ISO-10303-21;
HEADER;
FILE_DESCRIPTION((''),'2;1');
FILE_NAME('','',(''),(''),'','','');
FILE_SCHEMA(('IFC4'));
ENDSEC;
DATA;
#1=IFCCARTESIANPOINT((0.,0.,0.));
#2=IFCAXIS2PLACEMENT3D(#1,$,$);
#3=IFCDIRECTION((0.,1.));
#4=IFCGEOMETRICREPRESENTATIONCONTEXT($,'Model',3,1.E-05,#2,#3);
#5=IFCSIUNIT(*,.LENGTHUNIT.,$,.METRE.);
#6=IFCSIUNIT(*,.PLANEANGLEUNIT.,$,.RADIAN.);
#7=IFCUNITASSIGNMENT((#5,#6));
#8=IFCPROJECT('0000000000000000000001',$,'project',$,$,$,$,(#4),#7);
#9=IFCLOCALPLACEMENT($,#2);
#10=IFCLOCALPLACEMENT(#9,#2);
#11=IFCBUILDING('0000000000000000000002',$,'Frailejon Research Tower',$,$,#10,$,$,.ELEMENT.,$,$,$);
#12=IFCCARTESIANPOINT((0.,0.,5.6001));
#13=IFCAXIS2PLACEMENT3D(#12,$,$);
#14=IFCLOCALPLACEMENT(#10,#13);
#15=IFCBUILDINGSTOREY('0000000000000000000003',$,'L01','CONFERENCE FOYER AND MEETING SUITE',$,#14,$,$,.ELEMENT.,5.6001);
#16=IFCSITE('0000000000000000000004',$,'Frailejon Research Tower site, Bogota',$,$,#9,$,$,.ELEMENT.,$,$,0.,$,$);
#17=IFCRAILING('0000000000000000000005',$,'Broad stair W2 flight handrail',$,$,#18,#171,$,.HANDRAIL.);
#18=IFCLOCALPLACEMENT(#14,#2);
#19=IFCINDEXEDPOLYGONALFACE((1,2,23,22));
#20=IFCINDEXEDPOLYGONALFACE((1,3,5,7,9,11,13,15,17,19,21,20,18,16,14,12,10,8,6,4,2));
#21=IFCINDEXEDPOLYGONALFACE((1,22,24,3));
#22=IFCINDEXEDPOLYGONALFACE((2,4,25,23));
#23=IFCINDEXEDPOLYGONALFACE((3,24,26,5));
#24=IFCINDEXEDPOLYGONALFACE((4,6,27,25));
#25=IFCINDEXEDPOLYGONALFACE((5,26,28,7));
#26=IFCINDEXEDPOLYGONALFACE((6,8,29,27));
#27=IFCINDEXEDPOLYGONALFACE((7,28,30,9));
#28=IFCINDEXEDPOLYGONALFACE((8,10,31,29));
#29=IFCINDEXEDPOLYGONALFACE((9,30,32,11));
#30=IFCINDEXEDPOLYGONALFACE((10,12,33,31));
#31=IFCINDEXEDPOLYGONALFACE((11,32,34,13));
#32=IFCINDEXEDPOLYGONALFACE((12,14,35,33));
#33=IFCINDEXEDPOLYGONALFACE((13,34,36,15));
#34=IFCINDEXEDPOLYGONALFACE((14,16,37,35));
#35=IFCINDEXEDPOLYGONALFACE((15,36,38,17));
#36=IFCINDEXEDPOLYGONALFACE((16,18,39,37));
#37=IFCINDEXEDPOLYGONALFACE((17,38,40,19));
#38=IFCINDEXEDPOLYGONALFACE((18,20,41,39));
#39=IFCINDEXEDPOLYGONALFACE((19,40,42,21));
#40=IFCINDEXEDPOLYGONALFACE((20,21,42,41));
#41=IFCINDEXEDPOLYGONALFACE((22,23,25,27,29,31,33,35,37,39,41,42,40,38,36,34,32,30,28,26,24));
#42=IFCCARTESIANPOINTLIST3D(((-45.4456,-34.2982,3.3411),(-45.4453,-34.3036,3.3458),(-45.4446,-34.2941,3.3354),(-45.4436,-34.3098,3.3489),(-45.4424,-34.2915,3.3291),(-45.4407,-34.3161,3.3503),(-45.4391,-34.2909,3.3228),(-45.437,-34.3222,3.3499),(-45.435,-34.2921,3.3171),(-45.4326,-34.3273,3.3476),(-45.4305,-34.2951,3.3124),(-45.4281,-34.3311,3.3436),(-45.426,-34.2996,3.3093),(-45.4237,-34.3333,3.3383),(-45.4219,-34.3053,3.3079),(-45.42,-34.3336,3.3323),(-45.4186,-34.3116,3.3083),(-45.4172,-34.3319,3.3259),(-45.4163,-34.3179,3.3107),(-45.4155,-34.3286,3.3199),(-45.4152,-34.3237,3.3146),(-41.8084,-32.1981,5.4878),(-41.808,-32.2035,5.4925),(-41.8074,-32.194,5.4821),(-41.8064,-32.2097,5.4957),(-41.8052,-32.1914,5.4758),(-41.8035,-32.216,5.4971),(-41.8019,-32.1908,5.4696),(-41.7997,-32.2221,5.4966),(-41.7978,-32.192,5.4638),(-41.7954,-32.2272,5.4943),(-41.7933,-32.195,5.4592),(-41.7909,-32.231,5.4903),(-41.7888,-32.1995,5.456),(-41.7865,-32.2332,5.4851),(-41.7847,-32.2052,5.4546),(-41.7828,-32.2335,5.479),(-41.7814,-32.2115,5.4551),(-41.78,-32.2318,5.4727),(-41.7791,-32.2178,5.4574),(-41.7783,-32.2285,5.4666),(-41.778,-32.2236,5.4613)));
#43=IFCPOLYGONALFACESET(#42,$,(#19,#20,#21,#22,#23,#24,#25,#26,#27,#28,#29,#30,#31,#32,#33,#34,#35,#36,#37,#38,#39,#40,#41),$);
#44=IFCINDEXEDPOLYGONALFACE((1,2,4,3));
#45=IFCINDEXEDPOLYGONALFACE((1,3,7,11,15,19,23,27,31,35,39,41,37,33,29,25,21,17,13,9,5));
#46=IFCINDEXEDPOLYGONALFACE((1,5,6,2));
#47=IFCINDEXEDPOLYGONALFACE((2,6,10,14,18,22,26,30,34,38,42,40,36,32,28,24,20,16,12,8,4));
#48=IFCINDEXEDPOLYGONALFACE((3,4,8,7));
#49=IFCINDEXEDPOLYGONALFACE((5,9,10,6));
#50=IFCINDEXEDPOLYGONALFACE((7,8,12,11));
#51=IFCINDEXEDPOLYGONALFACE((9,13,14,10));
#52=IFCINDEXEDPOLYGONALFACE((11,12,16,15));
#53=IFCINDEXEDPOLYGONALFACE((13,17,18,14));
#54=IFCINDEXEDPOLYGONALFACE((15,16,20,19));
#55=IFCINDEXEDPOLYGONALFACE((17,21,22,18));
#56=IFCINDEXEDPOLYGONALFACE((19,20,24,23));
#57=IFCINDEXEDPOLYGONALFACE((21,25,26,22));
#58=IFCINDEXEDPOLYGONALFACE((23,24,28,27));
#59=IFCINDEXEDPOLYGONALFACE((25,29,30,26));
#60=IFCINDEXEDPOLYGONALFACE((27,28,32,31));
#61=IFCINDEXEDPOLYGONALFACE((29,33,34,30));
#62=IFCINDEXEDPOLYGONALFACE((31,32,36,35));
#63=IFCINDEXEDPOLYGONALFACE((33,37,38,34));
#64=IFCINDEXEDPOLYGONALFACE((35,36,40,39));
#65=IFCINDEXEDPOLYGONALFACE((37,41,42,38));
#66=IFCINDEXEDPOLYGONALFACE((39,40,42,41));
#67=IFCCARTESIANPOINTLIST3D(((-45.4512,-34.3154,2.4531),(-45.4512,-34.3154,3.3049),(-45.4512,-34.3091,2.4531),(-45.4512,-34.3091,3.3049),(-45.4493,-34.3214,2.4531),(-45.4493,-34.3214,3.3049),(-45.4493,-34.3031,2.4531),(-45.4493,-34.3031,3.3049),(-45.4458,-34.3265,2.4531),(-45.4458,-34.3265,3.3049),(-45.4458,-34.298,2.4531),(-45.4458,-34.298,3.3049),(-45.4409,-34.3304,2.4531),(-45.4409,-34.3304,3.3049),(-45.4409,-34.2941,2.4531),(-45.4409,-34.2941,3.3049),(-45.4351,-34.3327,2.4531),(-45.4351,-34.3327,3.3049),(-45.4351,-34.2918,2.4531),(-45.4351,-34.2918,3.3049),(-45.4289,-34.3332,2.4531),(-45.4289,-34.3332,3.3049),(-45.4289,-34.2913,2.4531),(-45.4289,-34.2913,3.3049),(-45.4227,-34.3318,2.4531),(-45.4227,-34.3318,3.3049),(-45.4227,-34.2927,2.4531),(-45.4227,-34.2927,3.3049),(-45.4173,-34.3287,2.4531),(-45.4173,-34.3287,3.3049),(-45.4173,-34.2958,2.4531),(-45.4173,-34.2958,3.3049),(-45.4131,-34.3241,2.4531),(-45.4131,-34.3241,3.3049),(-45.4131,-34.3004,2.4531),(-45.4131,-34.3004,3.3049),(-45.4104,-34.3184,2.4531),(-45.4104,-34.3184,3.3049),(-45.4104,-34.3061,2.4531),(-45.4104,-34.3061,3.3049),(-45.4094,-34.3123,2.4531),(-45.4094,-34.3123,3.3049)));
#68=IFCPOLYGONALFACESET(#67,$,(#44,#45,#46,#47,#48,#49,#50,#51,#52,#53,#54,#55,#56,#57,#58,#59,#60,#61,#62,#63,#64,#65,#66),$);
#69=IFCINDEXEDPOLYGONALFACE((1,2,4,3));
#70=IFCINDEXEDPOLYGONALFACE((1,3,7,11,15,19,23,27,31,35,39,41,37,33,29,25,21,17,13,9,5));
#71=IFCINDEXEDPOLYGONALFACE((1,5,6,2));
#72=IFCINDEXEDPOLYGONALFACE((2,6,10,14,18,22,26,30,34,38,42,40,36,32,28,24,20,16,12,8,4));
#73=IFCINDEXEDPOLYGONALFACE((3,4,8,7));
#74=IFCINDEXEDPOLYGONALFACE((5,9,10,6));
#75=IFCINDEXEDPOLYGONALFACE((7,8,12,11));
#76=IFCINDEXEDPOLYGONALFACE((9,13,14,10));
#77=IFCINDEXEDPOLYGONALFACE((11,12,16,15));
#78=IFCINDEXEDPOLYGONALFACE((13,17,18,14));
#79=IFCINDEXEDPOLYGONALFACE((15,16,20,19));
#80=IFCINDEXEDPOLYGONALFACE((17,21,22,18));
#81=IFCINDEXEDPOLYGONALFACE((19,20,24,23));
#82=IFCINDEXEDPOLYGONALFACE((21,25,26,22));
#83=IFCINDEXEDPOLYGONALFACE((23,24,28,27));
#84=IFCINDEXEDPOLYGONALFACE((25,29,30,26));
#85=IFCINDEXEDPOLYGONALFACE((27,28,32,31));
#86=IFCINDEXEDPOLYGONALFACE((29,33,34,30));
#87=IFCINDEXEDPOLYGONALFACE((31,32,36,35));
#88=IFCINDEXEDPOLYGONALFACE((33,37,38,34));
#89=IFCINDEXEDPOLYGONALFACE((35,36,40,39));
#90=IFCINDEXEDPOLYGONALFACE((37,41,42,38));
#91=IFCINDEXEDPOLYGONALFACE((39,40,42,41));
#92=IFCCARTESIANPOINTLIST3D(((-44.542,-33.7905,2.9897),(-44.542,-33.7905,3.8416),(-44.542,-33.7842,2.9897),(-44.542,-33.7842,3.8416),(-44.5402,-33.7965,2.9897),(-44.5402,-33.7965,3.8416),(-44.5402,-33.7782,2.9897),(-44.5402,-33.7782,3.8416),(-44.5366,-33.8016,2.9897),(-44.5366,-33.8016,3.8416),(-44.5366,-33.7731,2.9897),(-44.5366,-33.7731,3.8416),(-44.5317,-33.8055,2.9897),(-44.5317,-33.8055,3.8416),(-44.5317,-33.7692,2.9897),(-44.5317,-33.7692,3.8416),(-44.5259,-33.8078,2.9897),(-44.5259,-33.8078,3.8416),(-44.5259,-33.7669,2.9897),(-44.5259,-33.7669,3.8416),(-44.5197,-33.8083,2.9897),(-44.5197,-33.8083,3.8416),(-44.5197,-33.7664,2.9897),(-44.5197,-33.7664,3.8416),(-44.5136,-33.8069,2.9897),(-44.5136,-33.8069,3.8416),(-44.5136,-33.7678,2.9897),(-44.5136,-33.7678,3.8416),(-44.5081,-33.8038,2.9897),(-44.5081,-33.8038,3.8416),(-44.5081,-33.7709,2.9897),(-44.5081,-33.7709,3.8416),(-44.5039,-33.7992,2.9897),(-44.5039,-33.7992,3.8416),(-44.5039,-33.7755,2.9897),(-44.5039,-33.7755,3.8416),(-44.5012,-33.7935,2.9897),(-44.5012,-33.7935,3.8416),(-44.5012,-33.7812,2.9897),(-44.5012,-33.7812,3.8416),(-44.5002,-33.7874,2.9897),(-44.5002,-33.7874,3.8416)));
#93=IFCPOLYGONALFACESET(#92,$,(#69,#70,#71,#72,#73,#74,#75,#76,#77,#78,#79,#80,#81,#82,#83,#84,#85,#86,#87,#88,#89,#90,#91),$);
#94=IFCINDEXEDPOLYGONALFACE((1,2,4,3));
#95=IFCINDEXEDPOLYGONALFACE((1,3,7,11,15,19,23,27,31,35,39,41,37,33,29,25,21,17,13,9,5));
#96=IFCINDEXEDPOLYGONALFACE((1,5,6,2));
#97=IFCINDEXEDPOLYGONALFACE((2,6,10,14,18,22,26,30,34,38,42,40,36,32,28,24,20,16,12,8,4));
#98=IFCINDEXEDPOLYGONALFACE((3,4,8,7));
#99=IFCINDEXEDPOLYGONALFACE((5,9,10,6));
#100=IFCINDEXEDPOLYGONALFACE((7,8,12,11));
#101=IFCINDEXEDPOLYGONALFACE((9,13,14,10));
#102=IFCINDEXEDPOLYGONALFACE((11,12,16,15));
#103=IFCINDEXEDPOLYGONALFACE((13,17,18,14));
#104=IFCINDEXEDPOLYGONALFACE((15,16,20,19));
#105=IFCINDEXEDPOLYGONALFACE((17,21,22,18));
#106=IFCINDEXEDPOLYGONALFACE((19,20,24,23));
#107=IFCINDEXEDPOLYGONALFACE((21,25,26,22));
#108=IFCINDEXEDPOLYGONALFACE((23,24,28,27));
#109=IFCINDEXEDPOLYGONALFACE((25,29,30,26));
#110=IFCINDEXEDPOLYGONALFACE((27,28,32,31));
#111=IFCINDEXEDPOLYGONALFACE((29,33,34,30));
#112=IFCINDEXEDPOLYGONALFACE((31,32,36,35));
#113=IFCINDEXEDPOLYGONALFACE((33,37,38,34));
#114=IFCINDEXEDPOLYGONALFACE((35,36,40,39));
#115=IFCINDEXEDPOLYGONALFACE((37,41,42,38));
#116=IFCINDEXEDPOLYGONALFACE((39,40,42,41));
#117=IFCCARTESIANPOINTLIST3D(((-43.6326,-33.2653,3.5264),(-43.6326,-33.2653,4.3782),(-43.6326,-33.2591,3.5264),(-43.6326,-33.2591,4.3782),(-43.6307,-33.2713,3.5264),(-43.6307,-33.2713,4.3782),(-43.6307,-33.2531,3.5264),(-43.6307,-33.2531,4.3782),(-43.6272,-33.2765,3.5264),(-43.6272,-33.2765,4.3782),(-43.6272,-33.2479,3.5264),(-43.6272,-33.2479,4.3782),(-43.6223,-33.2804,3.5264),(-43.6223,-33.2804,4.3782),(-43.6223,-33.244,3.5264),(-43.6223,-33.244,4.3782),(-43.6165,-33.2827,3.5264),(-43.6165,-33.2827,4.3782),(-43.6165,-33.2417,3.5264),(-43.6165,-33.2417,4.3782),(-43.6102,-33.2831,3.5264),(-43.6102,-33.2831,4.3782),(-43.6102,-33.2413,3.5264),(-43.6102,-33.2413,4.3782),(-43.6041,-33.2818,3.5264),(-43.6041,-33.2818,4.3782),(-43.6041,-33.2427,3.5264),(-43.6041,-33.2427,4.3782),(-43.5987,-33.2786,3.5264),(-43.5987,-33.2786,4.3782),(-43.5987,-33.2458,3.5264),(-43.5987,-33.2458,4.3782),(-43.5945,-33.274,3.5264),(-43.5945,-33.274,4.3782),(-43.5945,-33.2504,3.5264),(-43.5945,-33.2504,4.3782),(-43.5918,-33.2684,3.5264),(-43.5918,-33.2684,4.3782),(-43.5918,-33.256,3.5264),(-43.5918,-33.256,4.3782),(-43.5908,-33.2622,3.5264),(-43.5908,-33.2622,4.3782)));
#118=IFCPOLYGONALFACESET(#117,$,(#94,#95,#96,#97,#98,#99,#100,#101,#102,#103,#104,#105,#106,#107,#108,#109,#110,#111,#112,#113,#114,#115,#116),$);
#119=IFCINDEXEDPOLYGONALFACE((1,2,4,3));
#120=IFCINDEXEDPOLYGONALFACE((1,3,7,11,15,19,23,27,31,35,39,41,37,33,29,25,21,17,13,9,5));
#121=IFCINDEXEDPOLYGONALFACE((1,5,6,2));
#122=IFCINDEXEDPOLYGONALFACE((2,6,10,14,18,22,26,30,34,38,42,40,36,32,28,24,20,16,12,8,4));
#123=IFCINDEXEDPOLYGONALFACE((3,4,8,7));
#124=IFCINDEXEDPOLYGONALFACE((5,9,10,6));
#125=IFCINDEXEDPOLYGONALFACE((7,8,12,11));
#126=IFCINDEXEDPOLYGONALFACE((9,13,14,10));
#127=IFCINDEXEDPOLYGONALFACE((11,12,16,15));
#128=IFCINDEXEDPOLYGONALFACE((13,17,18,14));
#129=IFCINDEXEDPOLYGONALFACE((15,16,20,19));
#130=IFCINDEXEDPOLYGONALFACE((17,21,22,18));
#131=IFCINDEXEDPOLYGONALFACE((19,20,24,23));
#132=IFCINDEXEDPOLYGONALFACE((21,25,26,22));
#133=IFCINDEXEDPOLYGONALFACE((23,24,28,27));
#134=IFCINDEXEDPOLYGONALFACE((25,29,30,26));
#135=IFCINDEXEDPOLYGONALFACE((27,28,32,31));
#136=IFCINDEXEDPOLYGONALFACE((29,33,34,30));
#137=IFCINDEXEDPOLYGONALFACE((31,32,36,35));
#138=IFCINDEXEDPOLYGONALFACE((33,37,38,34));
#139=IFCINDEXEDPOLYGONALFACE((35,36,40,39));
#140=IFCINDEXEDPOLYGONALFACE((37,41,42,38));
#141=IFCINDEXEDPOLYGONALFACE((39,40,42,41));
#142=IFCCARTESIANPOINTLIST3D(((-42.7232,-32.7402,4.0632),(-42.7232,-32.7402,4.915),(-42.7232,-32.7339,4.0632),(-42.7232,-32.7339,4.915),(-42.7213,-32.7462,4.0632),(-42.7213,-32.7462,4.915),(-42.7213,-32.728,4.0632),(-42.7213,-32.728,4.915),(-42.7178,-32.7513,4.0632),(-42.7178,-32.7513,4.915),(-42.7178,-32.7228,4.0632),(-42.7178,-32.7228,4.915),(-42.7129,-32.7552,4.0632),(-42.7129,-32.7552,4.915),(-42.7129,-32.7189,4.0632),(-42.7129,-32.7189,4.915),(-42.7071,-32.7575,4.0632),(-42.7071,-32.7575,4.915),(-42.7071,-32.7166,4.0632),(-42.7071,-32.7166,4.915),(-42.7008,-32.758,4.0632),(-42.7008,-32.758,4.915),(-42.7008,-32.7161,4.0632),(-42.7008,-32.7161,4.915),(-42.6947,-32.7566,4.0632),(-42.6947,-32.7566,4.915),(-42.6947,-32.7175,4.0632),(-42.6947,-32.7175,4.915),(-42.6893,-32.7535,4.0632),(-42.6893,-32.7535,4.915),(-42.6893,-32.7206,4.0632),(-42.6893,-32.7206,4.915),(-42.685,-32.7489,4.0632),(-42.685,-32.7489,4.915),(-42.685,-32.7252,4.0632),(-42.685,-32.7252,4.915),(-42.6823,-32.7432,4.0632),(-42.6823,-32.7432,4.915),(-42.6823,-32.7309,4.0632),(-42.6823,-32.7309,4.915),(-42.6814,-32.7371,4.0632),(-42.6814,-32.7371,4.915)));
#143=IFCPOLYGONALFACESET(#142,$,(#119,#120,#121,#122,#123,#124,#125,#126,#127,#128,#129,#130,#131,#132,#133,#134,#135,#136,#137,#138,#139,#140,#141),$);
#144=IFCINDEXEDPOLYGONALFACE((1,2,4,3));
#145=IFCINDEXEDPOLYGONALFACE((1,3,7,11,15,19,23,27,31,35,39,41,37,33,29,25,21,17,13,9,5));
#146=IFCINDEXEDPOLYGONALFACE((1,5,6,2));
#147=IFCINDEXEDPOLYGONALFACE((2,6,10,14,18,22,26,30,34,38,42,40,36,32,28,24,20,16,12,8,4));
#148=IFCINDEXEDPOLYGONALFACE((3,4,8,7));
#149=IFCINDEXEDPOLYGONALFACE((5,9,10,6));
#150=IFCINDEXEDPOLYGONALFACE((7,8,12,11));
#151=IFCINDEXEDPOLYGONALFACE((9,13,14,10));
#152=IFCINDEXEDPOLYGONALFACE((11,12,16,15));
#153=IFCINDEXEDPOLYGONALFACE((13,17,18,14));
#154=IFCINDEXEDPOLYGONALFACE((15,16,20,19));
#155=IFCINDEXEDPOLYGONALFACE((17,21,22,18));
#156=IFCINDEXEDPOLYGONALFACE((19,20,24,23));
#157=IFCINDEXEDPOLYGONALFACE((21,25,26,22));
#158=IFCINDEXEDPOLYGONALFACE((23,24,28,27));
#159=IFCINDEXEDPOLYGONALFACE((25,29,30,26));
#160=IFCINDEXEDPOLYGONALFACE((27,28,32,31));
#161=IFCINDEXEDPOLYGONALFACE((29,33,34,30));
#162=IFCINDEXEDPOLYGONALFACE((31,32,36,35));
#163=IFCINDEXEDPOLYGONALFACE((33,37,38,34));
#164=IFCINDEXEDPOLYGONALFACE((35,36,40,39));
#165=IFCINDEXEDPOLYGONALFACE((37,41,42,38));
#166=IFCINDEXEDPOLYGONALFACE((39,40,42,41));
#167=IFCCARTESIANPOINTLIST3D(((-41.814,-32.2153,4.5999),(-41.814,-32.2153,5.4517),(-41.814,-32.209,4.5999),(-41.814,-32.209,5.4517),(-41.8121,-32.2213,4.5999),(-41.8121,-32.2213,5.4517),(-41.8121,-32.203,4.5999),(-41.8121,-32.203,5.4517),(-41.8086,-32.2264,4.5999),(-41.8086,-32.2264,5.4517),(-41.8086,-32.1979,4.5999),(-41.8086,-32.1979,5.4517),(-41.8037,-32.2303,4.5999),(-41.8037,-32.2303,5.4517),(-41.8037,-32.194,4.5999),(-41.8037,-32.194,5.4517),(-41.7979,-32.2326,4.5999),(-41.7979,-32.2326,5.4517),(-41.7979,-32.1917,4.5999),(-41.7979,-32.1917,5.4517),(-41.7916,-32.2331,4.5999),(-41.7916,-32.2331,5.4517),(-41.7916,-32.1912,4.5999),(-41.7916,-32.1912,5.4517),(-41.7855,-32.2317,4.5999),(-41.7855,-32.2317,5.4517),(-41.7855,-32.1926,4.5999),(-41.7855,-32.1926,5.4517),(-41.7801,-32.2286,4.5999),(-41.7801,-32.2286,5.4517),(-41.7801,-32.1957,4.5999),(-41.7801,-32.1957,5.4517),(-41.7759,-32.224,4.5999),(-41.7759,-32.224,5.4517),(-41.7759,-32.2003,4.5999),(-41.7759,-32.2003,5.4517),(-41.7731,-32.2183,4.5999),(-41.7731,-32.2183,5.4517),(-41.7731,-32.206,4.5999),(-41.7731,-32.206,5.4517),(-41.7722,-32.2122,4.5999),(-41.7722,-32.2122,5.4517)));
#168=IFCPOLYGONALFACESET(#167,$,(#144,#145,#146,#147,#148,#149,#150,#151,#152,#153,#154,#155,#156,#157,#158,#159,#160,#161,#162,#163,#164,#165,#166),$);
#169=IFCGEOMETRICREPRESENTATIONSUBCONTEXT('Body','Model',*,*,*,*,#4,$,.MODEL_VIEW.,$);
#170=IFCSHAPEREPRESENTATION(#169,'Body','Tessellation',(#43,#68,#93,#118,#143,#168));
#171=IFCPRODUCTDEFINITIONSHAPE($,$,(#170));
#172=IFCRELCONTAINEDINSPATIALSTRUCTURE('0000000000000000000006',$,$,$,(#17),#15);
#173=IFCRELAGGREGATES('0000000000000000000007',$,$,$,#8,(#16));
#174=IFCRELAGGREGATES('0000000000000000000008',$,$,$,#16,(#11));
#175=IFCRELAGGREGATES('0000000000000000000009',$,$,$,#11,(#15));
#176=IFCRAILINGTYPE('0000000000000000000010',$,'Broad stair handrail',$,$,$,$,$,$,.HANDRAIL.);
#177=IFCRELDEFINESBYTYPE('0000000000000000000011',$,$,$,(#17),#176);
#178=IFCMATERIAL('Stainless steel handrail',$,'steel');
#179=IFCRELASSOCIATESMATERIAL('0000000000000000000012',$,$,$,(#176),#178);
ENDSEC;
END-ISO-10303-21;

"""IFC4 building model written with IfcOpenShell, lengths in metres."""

from ifc_helpers import new_model, si_unit, direction, frame, origin, origin_2d, place, context, subcontext, project, spatial, circle, extrude, material, type_object, element, save


model = new_model("IFC4")

# Units and contexts
model_context = context("Model", 3, precision=1e-05, world=origin(), true_north=direction((0.0, 1.0)))
body_context = subcontext(model_context, "Body", "Model", "MODEL_VIEW")
ifc_project = project(units=[si_unit("LENGTHUNIT", "METRE"), si_unit("PLANEANGLEUNIT", "RADIAN")], contexts=[model_context])

# Site, building, storey
site_placement = place(None, origin())
site = spatial("IfcSite", under=ifc_project, at=site_placement, Name="Frailejon Research Tower site, Bogota", CompositionType="ELEMENT", RefElevation=0.0)
building_placement = place(site_placement, origin())
building = spatial("IfcBuilding", under=site, at=building_placement, Name="Frailejon Research Tower", CompositionType="ELEMENT")
storey_placement = place(building_placement, frame((0.0, 0.0, 5.6001)))
storey = spatial("IfcBuildingStorey", under=building, at=storey_placement, Name="L01", Description="CONFERENCE FOYER AND MEETING SUITE", CompositionType="ELEMENT", Elevation=5.6001)

# Railing
ifc_material_1 = material(Name="Stainless steel handrail", Category="steel")
railing_type_1 = type_object("IfcRailingType", Name="Broad stair handrail", PredefinedType="HANDRAIL", material=ifc_material_1)
railing_1_placement = place(storey_placement, frame((-45.4304, -34.3123, 2.4531)))
element("IfcRailing", 1, at=railing_1_placement, inside=storey, type_object=railing_type_1, Name="Broad stair W2 flight handrail", PredefinedType="HANDRAIL", context=body_context, shape_type="SweptSolid", body=[
    extrude(circle(Radius=0.0239, at=origin_2d()), frame((0.0, 0.0, 0.876), z_axis=(0.771119, 0.445239, 0.455125), x_axis=(-0.500028, 0.866009, 0.0)), (0.0, 0.0, 1.0), 4.7168),
    extrude(circle(Radius=0.021, at=origin_2d()), origin(), (0.0, 0.0, 1.0), 0.8518),
    extrude(circle(Radius=0.021, at=origin_2d()), frame((0.9092, 0.5249, 0.5366)), (0.0, 0.0, 1.0), 0.8518),
    extrude(circle(Radius=0.021, at=origin_2d()), frame((1.8186, 1.05, 1.0732)), (0.0, 0.0, 1.0), 0.8518),
    extrude(circle(Radius=0.021, at=origin_2d()), frame((2.728, 1.5752, 1.6101)), (0.0, 0.0, 1.0), 0.8518),
    extrude(circle(Radius=0.021, at=origin_2d()), frame((3.6372, 2.1001, 2.1467)), (0.0, 0.0, 1.0), 0.8518),
])

save(model, "model.ifc")
